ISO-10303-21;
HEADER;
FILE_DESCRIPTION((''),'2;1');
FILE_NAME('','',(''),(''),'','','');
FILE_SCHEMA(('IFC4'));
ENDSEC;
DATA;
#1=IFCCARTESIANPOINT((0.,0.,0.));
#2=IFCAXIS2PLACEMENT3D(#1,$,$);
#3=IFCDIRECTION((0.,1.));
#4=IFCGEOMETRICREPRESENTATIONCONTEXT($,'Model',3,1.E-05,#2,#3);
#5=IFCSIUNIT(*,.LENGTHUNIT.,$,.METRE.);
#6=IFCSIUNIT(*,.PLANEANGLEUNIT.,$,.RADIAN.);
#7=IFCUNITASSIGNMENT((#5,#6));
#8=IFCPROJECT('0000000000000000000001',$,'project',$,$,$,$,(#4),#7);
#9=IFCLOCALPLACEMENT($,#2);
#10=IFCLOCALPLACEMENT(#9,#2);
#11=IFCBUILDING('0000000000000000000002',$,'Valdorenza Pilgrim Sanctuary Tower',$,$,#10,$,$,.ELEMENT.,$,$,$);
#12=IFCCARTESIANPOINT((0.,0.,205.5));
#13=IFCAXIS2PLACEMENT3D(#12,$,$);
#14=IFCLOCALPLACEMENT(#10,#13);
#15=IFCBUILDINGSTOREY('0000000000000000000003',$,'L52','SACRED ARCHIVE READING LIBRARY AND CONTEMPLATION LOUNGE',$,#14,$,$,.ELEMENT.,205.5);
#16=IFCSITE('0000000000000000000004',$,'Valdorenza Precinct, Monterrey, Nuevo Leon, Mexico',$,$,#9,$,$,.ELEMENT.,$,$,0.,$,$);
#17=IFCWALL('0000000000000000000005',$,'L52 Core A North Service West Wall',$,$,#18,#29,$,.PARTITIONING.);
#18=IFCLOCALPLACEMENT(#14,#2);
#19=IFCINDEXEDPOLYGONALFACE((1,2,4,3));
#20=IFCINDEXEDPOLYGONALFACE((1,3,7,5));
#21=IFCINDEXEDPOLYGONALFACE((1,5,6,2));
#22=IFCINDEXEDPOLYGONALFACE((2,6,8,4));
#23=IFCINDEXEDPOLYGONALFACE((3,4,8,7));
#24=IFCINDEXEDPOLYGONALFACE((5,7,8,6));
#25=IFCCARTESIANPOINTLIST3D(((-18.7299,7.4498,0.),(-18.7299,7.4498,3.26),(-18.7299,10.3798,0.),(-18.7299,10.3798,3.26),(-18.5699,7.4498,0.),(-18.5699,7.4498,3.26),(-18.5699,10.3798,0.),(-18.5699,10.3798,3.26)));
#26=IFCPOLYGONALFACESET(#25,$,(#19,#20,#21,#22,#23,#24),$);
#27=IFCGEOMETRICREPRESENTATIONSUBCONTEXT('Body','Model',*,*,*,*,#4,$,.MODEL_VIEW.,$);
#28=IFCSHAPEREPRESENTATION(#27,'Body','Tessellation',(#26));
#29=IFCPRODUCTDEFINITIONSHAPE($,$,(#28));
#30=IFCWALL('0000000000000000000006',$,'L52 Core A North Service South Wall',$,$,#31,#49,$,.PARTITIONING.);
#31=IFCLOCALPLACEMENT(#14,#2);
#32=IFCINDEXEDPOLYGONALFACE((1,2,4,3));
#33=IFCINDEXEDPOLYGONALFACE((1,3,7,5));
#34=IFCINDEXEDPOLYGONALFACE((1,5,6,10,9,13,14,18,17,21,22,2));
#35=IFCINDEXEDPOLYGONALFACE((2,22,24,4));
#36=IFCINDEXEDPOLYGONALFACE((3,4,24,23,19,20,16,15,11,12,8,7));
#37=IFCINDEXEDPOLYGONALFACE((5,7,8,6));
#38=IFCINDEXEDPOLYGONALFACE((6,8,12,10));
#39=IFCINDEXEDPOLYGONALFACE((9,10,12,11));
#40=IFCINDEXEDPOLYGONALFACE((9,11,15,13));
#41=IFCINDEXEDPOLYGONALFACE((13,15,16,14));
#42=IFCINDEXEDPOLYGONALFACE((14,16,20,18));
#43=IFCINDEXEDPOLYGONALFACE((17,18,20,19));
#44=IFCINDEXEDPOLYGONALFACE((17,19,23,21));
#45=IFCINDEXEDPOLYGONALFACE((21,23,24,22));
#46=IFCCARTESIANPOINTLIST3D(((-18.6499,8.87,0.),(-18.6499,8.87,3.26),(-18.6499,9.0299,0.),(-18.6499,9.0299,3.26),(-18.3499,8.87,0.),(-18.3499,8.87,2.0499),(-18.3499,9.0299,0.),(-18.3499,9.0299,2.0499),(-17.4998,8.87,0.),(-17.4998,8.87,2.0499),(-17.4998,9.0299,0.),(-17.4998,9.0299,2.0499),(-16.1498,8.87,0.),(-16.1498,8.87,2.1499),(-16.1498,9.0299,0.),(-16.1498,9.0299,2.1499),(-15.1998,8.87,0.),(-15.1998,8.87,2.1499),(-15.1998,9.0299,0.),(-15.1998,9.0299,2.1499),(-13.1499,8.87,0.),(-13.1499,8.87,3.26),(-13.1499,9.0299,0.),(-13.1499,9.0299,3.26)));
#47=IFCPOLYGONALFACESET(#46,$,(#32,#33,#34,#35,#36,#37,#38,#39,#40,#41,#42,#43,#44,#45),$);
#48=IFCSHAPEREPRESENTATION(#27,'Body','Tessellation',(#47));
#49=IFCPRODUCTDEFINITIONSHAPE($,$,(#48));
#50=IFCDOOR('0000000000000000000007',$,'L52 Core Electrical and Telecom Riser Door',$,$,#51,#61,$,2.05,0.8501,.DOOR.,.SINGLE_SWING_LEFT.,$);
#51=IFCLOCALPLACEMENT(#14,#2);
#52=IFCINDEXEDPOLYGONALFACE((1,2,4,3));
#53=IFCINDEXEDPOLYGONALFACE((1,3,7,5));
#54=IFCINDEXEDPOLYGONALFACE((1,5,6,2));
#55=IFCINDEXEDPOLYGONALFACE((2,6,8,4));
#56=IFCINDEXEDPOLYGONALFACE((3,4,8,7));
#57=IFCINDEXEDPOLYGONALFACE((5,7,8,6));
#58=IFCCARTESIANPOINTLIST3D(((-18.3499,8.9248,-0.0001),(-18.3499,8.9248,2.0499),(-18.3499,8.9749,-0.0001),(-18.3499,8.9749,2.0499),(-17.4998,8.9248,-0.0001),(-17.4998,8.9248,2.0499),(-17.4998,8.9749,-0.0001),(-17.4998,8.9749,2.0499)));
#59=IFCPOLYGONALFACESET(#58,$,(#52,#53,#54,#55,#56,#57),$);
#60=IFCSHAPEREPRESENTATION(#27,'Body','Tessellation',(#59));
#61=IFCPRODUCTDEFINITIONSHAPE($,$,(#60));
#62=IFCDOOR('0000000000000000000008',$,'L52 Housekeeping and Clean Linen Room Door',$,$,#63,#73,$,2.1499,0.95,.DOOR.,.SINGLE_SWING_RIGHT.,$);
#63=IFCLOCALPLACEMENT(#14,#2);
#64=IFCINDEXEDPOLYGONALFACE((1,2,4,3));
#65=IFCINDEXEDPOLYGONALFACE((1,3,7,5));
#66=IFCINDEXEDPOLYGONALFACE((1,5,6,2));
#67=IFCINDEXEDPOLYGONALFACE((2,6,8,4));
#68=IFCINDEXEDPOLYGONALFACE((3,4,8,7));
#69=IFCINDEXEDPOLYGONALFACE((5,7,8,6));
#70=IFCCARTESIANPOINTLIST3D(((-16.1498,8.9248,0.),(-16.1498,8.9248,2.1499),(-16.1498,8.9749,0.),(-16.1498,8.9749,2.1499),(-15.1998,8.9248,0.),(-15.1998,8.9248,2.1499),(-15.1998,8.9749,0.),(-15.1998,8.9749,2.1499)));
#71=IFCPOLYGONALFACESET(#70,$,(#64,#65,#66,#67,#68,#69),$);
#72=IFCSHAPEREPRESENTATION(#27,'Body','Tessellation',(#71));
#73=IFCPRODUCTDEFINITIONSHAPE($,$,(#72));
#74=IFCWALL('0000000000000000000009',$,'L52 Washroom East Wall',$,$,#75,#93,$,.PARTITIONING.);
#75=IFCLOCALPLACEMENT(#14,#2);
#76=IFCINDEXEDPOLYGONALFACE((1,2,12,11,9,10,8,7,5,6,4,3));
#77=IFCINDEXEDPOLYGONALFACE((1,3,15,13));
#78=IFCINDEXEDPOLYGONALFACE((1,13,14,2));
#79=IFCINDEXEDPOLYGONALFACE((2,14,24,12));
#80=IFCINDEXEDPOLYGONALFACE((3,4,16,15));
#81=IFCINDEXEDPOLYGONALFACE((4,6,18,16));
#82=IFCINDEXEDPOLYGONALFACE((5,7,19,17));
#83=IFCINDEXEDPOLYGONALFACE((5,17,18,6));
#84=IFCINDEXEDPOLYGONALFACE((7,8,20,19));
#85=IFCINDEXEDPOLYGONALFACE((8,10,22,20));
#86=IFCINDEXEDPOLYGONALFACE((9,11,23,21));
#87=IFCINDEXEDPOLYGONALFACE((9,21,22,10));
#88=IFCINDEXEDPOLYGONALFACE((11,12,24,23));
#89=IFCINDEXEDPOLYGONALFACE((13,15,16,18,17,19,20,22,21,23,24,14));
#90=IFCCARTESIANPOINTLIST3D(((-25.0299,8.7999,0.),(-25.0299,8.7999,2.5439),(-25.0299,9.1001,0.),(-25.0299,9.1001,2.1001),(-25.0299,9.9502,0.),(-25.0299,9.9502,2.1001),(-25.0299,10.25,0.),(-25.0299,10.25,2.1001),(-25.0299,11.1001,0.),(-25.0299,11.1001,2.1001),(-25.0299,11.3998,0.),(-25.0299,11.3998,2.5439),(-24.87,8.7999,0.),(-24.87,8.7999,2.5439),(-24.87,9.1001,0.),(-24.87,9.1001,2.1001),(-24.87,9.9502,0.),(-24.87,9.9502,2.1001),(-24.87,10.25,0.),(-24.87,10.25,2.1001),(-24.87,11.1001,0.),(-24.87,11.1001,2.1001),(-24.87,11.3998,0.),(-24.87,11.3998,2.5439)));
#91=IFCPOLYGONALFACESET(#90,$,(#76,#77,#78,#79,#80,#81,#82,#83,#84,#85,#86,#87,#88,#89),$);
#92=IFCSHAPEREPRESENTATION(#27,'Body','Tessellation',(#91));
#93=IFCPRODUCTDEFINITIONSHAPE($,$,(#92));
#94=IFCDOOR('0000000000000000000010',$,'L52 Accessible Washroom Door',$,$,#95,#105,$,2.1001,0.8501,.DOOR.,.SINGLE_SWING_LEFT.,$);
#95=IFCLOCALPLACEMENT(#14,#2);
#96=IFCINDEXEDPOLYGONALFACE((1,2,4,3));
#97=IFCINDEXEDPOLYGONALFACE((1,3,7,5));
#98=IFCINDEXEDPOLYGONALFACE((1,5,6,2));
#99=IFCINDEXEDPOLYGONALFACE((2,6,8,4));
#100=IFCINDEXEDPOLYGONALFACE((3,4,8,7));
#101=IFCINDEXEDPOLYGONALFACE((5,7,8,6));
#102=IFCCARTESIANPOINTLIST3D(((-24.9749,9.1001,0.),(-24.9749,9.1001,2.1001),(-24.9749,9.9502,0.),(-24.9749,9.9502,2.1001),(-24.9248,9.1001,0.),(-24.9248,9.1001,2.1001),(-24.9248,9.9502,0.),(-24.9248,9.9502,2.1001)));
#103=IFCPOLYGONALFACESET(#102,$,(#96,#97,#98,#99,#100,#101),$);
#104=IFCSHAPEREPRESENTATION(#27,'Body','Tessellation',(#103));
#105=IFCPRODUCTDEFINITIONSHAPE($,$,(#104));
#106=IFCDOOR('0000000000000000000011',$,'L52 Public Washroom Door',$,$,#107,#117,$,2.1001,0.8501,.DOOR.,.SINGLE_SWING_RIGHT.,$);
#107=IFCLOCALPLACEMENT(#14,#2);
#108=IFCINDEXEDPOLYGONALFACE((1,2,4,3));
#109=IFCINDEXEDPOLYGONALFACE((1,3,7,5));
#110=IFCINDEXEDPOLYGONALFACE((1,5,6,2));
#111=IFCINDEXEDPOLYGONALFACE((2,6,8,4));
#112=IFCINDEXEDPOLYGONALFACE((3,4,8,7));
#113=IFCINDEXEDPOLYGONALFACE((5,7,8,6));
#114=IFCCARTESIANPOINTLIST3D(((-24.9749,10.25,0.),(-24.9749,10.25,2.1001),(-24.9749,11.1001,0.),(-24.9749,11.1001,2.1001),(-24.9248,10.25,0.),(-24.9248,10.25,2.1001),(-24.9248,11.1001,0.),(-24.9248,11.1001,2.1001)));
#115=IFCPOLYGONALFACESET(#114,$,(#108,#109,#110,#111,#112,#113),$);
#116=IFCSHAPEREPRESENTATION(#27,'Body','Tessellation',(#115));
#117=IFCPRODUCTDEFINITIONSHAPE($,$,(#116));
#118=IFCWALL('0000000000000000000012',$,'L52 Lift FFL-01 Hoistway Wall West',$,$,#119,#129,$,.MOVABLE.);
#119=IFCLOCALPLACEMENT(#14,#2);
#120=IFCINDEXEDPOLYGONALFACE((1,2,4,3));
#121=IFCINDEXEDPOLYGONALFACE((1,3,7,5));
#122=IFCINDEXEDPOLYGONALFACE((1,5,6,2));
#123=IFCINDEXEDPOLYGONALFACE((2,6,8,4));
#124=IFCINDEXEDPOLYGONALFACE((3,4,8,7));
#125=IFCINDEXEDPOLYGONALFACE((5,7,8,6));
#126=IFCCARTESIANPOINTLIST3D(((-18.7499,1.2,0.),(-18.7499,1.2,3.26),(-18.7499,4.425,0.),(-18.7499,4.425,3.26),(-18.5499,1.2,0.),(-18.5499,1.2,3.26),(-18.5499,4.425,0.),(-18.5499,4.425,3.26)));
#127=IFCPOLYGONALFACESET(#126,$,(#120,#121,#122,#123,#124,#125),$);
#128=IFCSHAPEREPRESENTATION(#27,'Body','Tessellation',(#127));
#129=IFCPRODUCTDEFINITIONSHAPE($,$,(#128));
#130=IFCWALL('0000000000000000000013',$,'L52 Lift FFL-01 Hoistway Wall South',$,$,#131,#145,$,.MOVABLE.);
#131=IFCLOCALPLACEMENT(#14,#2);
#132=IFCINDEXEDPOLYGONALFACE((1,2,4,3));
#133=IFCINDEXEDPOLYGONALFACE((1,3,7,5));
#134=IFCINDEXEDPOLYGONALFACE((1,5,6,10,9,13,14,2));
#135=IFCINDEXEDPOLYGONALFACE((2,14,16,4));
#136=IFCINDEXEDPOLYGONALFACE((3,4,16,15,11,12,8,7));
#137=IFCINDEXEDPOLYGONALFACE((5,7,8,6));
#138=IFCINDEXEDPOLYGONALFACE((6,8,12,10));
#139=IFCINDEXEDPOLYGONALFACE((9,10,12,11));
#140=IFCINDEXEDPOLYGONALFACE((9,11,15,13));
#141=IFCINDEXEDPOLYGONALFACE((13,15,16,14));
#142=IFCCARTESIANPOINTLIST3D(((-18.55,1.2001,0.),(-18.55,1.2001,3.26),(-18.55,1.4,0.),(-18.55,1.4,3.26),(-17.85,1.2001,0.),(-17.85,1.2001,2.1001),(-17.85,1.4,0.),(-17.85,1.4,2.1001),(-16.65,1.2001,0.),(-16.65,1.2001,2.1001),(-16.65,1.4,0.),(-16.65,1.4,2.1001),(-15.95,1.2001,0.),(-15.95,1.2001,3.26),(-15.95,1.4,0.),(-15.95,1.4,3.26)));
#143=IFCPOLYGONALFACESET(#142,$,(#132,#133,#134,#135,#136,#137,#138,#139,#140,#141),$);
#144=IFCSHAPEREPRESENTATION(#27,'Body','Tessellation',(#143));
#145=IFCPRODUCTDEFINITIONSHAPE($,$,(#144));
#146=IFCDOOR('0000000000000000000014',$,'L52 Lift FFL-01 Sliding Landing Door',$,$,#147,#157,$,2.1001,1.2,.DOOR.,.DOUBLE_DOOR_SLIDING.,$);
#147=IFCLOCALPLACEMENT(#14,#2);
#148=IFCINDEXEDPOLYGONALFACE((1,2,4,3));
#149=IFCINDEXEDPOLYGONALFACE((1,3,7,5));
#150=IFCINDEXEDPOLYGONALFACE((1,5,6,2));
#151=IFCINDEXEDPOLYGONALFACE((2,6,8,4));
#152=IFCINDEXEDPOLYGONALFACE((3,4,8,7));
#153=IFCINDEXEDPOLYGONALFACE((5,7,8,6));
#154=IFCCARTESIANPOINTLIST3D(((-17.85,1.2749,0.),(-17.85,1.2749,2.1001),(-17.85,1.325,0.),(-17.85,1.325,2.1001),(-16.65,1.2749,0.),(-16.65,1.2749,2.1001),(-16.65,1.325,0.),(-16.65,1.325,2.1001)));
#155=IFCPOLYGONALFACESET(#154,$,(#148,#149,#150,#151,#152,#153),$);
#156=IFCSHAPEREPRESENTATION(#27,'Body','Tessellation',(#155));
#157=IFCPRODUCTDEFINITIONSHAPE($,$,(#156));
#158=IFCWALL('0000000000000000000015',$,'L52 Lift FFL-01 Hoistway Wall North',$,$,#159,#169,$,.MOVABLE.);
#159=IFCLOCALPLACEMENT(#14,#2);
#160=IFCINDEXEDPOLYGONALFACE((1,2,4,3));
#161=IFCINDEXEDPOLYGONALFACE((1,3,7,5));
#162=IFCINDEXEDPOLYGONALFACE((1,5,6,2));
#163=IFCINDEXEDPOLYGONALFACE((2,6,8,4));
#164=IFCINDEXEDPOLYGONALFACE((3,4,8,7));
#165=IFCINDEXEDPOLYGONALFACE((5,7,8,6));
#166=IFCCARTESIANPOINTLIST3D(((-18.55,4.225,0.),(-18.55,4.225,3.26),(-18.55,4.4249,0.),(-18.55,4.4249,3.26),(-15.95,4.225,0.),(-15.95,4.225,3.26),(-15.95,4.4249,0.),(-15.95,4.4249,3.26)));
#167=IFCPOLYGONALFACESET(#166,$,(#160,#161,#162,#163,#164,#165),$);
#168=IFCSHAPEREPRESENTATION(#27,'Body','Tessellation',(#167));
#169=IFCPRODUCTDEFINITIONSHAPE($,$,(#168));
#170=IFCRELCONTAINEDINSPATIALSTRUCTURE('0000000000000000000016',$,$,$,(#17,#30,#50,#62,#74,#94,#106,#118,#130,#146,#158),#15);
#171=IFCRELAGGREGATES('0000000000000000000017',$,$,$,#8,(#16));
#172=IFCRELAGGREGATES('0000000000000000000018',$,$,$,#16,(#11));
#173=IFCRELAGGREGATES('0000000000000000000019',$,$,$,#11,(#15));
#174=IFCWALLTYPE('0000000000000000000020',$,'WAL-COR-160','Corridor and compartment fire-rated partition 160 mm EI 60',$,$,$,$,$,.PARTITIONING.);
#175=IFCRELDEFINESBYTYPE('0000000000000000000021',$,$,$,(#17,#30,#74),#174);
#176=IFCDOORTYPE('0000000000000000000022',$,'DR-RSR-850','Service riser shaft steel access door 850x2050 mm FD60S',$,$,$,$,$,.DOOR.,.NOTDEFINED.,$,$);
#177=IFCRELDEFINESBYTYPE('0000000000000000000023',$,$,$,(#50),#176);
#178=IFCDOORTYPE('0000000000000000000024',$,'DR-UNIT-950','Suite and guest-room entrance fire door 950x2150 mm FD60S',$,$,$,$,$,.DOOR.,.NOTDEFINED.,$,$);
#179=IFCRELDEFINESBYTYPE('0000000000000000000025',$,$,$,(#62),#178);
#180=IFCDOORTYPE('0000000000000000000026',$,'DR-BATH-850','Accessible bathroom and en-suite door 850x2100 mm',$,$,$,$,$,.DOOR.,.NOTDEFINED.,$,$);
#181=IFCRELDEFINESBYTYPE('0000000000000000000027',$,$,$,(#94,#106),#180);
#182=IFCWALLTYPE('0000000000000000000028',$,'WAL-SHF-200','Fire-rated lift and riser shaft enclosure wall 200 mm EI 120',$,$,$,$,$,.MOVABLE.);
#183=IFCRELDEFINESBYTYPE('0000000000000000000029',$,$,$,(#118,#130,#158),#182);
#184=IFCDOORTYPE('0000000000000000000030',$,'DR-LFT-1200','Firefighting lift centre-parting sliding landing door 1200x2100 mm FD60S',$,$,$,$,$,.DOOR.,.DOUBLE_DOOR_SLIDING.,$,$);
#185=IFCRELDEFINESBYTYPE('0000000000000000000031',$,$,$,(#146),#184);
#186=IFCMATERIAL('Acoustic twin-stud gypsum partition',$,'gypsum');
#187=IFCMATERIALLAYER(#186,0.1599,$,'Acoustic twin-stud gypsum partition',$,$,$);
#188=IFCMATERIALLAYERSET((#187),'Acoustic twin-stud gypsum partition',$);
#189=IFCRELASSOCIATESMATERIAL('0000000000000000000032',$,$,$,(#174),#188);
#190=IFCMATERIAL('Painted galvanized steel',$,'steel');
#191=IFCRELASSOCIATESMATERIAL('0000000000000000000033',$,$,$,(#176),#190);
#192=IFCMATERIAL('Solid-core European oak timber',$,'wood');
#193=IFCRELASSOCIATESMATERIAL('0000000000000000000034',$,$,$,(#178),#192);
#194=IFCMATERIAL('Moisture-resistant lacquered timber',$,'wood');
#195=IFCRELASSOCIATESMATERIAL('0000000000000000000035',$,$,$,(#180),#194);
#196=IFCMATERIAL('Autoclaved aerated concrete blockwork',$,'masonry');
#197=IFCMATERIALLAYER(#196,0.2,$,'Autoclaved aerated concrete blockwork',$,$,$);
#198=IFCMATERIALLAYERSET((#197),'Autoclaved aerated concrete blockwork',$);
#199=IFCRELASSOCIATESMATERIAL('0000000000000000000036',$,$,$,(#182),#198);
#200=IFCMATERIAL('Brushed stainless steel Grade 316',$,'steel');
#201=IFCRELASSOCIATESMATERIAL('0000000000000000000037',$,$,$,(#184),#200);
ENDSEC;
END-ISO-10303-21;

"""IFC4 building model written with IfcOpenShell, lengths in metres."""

from ifc_helpers import new_model, si_unit, direction, frame, frame_2d, origin, place, context, subcontext, project, spatial, rectangle, extrude, material, layer, layer_set, type_object, element, fill, save


model = new_model("IFC4")

# Units and contexts
model_context = context("Model", 3, precision=1e-05, world=origin(), true_north=direction((0.0, 1.0)))
body_context = subcontext(model_context, "Body", "Model", "MODEL_VIEW")
ifc_project = project(units=[si_unit("LENGTHUNIT", "METRE"), si_unit("PLANEANGLEUNIT", "RADIAN")], contexts=[model_context])

# Site, building, storey
site_placement = place(None, origin())
site = spatial("IfcSite", under=ifc_project, at=site_placement, Name="Valdorenza Precinct, Monterrey, Nuevo Leon, Mexico", CompositionType="ELEMENT", RefElevation=0.0)
building_placement = place(site_placement, origin())
building = spatial("IfcBuilding", under=site, at=building_placement, Name="Valdorenza Pilgrim Sanctuary Tower", CompositionType="ELEMENT")
storey_placement = place(building_placement, frame((0.0, 0.0, 205.5)))
storey = spatial("IfcBuildingStorey", under=building, at=storey_placement, Name="L52", Description="SACRED ARCHIVE READING LIBRARY AND CONTEMPLATION LOUNGE", CompositionType="ELEMENT", Elevation=205.5)

# Wall
ifc_material_1 = material(Name="Acoustic twin-stud gypsum partition", Category="gypsum")
ifc_layer_1 = layer(ifc_material_1, 0.1599, Name="Acoustic twin-stud gypsum partition")
ifc_layer_set_1 = layer_set([ifc_layer_1], Name="Acoustic twin-stud gypsum partition")
wall_type_1 = type_object("IfcWallType", Name="WAL-COR-160", Description="Corridor and compartment fire-rated partition 160 mm EI 60", PredefinedType="PARTITIONING", material=ifc_layer_set_1)
wall_1_placement = place(storey_placement, frame((-18.6499, 7.45, 0.0), z_axis=(0.0, 0.0, 1.0), x_axis=(0.0, 1.0, 0.0)))
element("IfcWall", 1, at=wall_1_placement, inside=storey, type_object=wall_type_1, Name="L52 Core A North Service West Wall", PredefinedType="PARTITIONING", context=body_context, shape_type="SweptSolid", body=[
    extrude(rectangle(XDim=2.9299, YDim=0.1599, at=frame_2d((1.4648, 0.0))), origin(), (0.0, 0.0, 1.0), 3.26),
])

# Walls, openings, doors
wall_2_placement = place(storey_placement, frame((-18.6499, 8.95, 0.0), z_axis=(0.0, 0.0, 1.0), x_axis=(1.0, 0.0, 0.0)))
wall_2 = element("IfcWall", 2, at=wall_2_placement, inside=storey, type_object=wall_type_1, Name="L52 Core A North Service South Wall", PredefinedType="PARTITIONING", context=body_context, shape_type="SweptSolid", body=[
    extrude(rectangle(XDim=5.5, YDim=0.1599, at=frame_2d((2.75, 0.0))), origin(), (0.0, 0.0, 1.0), 3.26),
])
opening_1_placement = place(wall_2_placement, frame((0.3, 0.0, 0.0)))
opening_1 = element("IfcOpeningElement", 3, at=opening_1_placement, cuts=wall_2, PredefinedType="OPENING", context=body_context, shape_type="SweptSolid", body=[
    extrude(rectangle(XDim=0.8501, YDim=2.05, at=frame_2d((0.425, 1.0249))), frame((0.0, 0.0947, 0.0), z_axis=(0.0, -1.0, 0.0), x_axis=(1.0, 0.0, 0.0)), (0.0, 0.0, 1.0), 0.1897),
])
opening_2_placement = place(wall_2_placement, frame((2.5, 0.0, 0.0)))
opening_2 = element("IfcOpeningElement", 4, at=opening_2_placement, cuts=wall_2, PredefinedType="OPENING", context=body_context, shape_type="SweptSolid", body=[
    extrude(rectangle(XDim=0.95, YDim=2.1499, at=frame_2d((0.4751, 1.075))), frame((0.0, 0.0947, 0.0), z_axis=(0.0, -1.0, 0.0), x_axis=(1.0, 0.0, 0.0)), (0.0, 0.0, 1.0), 0.1897),
])
ifc_material_2 = material(Name="Painted galvanized steel", Category="steel")
door_type_1 = type_object("IfcDoorType", Name="DR-RSR-850", Description="Service riser shaft steel access door 850x2050 mm FD60S", OperationType="NOTDEFINED", PredefinedType="DOOR", material=ifc_material_2)
door_1_placement = place(opening_1_placement, origin())
door_1 = element("IfcDoor", 5, at=door_1_placement, inside=storey, type_object=door_type_1, Name="L52 Core Electrical and Telecom Riser Door", OperationType="SINGLE_SWING_LEFT", OverallHeight=2.05, OverallWidth=0.8501, PredefinedType="DOOR", context=body_context, shape_type="SweptSolid", body=[
    extrude(rectangle(XDim=0.8501, YDim=2.05, at=frame_2d((0.425, 1.0249))), frame((0.0, 0.0249, 0.0), z_axis=(0.0, -1.0, 0.0), x_axis=(1.0, 0.0, 0.0)), (0.0, 0.0, 1.0), 0.05),
])
fill(opening_1, door_1)
ifc_material_3 = material(Name="Solid-core European oak timber", Category="wood")
door_type_2 = type_object("IfcDoorType", Name="DR-UNIT-950", Description="Suite and guest-room entrance fire door 950x2150 mm FD60S", OperationType="NOTDEFINED", PredefinedType="DOOR", material=ifc_material_3)
door_2_placement = place(opening_2_placement, origin())
door_2 = element("IfcDoor", 6, at=door_2_placement, inside=storey, type_object=door_type_2, Name="L52 Housekeeping and Clean Linen Room Door", OperationType="SINGLE_SWING_RIGHT", OverallHeight=2.1499, OverallWidth=0.95, PredefinedType="DOOR", context=body_context, shape_type="SweptSolid", body=[
    extrude(rectangle(XDim=0.95, YDim=2.1499, at=frame_2d((0.4751, 1.075))), frame((0.0, 0.0249, 0.0), z_axis=(0.0, -1.0, 0.0), x_axis=(1.0, 0.0, 0.0)), (0.0, 0.0, 1.0), 0.05),
])
fill(opening_2, door_2)
wall_3_placement = place(storey_placement, frame((-24.95, 8.8, 0.0), z_axis=(0.0, 0.0, 1.0), x_axis=(0.0, 1.0, 0.0)))
wall_3 = element("IfcWall", 7, at=wall_3_placement, inside=storey, type_object=wall_type_1, Name="L52 Washroom East Wall", PredefinedType="PARTITIONING", context=body_context, shape_type="SweptSolid", body=[
    extrude(rectangle(XDim=2.5999, YDim=0.1599, at=frame_2d((1.2998, 0.0))), origin(), (0.0, 0.0, 1.0), 2.5439),
])
opening_3_placement = place(wall_3_placement, frame((0.3, 0.0, 0.0)))
opening_3 = element("IfcOpeningElement", 8, at=opening_3_placement, cuts=wall_3, PredefinedType="OPENING", context=body_context, shape_type="SweptSolid", body=[
    extrude(rectangle(XDim=0.8501, YDim=2.1001, at=frame_2d((0.425, 1.05))), frame((0.0, 0.0947, 0.0), z_axis=(0.0, -1.0, 0.0), x_axis=(1.0, 0.0, 0.0)), (0.0, 0.0, 1.0), 0.1897),
])
opening_4_placement = place(wall_3_placement, frame((1.45, 0.0, 0.0)))
opening_4 = element("IfcOpeningElement", 9, at=opening_4_placement, cuts=wall_3, PredefinedType="OPENING", context=body_context, shape_type="SweptSolid", body=[
    extrude(rectangle(XDim=0.8501, YDim=2.1001, at=frame_2d((0.425, 1.05))), frame((0.0, 0.0947, 0.0), z_axis=(0.0, -1.0, 0.0), x_axis=(1.0, 0.0, 0.0)), (0.0, 0.0, 1.0), 0.1897),
])
ifc_material_4 = material(Name="Moisture-resistant lacquered timber", Category="wood")
door_type_3 = type_object("IfcDoorType", Name="DR-BATH-850", Description="Accessible bathroom and en-suite door 850x2100 mm", OperationType="NOTDEFINED", PredefinedType="DOOR", material=ifc_material_4)
door_3_placement = place(opening_3_placement, origin())
door_3 = element("IfcDoor", 10, at=door_3_placement, inside=storey, type_object=door_type_3, Name="L52 Accessible Washroom Door", OperationType="SINGLE_SWING_LEFT", OverallHeight=2.1001, OverallWidth=0.8501, PredefinedType="DOOR", context=body_context, shape_type="SweptSolid", body=[
    extrude(rectangle(XDim=0.8501, YDim=2.1001, at=frame_2d((0.425, 1.05))), frame((0.0, 0.0249, 0.0), z_axis=(0.0, -1.0, 0.0), x_axis=(1.0, 0.0, 0.0)), (0.0, 0.0, 1.0), 0.05),
])
fill(opening_3, door_3)
door_4_placement = place(opening_4_placement, origin())
door_4 = element("IfcDoor", 11, at=door_4_placement, inside=storey, type_object=door_type_3, Name="L52 Public Washroom Door", OperationType="SINGLE_SWING_RIGHT", OverallHeight=2.1001, OverallWidth=0.8501, PredefinedType="DOOR", context=body_context, shape_type="SweptSolid", body=[
    extrude(rectangle(XDim=0.8501, YDim=2.1001, at=frame_2d((0.425, 1.05))), frame((0.0, 0.0249, 0.0), z_axis=(0.0, -1.0, 0.0), x_axis=(1.0, 0.0, 0.0)), (0.0, 0.0, 1.0), 0.05),
])
fill(opening_4, door_4)

# Wall
ifc_material_5 = material(Name="Autoclaved aerated concrete blockwork", Category="masonry")
ifc_layer_2 = layer(ifc_material_5, 0.2, Name="Autoclaved aerated concrete blockwork")
ifc_layer_set_2 = layer_set([ifc_layer_2], Name="Autoclaved aerated concrete blockwork")
wall_type_2 = type_object("IfcWallType", Name="WAL-SHF-200", Description="Fire-rated lift and riser shaft enclosure wall 200 mm EI 120", PredefinedType="MOVABLE", material=ifc_layer_set_2)
wall_4_placement = place(storey_placement, frame((-18.6499, 1.2, 0.0), z_axis=(0.0, 0.0, 1.0), x_axis=(0.0, 1.0, 0.0)))
element("IfcWall", 12, at=wall_4_placement, inside=storey, type_object=wall_type_2, Name="L52 Lift FFL-01 Hoistway Wall West", PredefinedType="MOVABLE", context=body_context, shape_type="SweptSolid", body=[
    extrude(rectangle(XDim=3.2251, YDim=0.2, at=frame_2d((1.6125, 0.0))), origin(), (0.0, 0.0, 1.0), 3.26),
])

# Wall, opening, door
wall_5_placement = place(storey_placement, frame((-18.55, 1.3, 0.0), z_axis=(0.0, 0.0, 1.0), x_axis=(1.0, 0.0, 0.0)))
wall_5 = element("IfcWall", 13, at=wall_5_placement, inside=storey, type_object=wall_type_2, Name="L52 Lift FFL-01 Hoistway Wall South", PredefinedType="MOVABLE", context=body_context, shape_type="SweptSolid", body=[
    extrude(rectangle(XDim=2.6001, YDim=0.2, at=frame_2d((1.3, 0.0))), origin(), (0.0, 0.0, 1.0), 3.26),
])
opening_5_placement = place(wall_5_placement, frame((0.7, 0.0, 0.0)))
opening_5 = element("IfcOpeningElement", 14, at=opening_5_placement, cuts=wall_5, PredefinedType="OPENING", context=body_context, shape_type="SweptSolid", body=[
    extrude(rectangle(XDim=1.2, YDim=2.1001, at=frame_2d((0.6001, 1.05))), frame((0.0, 0.1147, 0.0), z_axis=(0.0, -1.0, 0.0), x_axis=(1.0, 0.0, 0.0)), (0.0, 0.0, 1.0), 0.2297),
])
ifc_material_6 = material(Name="Brushed stainless steel Grade 316", Category="steel")
door_type_4 = type_object("IfcDoorType", Name="DR-LFT-1200", Description="Firefighting lift centre-parting sliding landing door 1200x2100 mm FD60S", OperationType="DOUBLE_DOOR_SLIDING", PredefinedType="DOOR", material=ifc_material_6)
door_5_placement = place(opening_5_placement, origin())
door_5 = element("IfcDoor", 15, at=door_5_placement, inside=storey, type_object=door_type_4, Name="L52 Lift FFL-01 Sliding Landing Door", OperationType="DOUBLE_DOOR_SLIDING", OverallHeight=2.1001, OverallWidth=1.2, PredefinedType="DOOR", context=body_context, shape_type="SweptSolid", body=[
    extrude(rectangle(XDim=1.2, YDim=2.1001, at=frame_2d((0.6001, 1.05))), frame((0.0, 0.0249, 0.0), z_axis=(0.0, -1.0, 0.0), x_axis=(1.0, 0.0, 0.0)), (0.0, 0.0, 1.0), 0.05),
])
fill(opening_5, door_5)

# Wall
wall_6_placement = place(storey_placement, frame((-18.55, 4.325, 0.0), z_axis=(0.0, 0.0, 1.0), x_axis=(1.0, 0.0, 0.0)))
element("IfcWall", 16, at=wall_6_placement, inside=storey, type_object=wall_type_2, Name="L52 Lift FFL-01 Hoistway Wall North", PredefinedType="MOVABLE", context=body_context, shape_type="SweptSolid", body=[
    extrude(rectangle(XDim=2.6001, YDim=0.2, at=frame_2d((1.3, 0.0))), origin(), (0.0, 0.0, 1.0), 3.26),
])

save(model, "model.ifc")
